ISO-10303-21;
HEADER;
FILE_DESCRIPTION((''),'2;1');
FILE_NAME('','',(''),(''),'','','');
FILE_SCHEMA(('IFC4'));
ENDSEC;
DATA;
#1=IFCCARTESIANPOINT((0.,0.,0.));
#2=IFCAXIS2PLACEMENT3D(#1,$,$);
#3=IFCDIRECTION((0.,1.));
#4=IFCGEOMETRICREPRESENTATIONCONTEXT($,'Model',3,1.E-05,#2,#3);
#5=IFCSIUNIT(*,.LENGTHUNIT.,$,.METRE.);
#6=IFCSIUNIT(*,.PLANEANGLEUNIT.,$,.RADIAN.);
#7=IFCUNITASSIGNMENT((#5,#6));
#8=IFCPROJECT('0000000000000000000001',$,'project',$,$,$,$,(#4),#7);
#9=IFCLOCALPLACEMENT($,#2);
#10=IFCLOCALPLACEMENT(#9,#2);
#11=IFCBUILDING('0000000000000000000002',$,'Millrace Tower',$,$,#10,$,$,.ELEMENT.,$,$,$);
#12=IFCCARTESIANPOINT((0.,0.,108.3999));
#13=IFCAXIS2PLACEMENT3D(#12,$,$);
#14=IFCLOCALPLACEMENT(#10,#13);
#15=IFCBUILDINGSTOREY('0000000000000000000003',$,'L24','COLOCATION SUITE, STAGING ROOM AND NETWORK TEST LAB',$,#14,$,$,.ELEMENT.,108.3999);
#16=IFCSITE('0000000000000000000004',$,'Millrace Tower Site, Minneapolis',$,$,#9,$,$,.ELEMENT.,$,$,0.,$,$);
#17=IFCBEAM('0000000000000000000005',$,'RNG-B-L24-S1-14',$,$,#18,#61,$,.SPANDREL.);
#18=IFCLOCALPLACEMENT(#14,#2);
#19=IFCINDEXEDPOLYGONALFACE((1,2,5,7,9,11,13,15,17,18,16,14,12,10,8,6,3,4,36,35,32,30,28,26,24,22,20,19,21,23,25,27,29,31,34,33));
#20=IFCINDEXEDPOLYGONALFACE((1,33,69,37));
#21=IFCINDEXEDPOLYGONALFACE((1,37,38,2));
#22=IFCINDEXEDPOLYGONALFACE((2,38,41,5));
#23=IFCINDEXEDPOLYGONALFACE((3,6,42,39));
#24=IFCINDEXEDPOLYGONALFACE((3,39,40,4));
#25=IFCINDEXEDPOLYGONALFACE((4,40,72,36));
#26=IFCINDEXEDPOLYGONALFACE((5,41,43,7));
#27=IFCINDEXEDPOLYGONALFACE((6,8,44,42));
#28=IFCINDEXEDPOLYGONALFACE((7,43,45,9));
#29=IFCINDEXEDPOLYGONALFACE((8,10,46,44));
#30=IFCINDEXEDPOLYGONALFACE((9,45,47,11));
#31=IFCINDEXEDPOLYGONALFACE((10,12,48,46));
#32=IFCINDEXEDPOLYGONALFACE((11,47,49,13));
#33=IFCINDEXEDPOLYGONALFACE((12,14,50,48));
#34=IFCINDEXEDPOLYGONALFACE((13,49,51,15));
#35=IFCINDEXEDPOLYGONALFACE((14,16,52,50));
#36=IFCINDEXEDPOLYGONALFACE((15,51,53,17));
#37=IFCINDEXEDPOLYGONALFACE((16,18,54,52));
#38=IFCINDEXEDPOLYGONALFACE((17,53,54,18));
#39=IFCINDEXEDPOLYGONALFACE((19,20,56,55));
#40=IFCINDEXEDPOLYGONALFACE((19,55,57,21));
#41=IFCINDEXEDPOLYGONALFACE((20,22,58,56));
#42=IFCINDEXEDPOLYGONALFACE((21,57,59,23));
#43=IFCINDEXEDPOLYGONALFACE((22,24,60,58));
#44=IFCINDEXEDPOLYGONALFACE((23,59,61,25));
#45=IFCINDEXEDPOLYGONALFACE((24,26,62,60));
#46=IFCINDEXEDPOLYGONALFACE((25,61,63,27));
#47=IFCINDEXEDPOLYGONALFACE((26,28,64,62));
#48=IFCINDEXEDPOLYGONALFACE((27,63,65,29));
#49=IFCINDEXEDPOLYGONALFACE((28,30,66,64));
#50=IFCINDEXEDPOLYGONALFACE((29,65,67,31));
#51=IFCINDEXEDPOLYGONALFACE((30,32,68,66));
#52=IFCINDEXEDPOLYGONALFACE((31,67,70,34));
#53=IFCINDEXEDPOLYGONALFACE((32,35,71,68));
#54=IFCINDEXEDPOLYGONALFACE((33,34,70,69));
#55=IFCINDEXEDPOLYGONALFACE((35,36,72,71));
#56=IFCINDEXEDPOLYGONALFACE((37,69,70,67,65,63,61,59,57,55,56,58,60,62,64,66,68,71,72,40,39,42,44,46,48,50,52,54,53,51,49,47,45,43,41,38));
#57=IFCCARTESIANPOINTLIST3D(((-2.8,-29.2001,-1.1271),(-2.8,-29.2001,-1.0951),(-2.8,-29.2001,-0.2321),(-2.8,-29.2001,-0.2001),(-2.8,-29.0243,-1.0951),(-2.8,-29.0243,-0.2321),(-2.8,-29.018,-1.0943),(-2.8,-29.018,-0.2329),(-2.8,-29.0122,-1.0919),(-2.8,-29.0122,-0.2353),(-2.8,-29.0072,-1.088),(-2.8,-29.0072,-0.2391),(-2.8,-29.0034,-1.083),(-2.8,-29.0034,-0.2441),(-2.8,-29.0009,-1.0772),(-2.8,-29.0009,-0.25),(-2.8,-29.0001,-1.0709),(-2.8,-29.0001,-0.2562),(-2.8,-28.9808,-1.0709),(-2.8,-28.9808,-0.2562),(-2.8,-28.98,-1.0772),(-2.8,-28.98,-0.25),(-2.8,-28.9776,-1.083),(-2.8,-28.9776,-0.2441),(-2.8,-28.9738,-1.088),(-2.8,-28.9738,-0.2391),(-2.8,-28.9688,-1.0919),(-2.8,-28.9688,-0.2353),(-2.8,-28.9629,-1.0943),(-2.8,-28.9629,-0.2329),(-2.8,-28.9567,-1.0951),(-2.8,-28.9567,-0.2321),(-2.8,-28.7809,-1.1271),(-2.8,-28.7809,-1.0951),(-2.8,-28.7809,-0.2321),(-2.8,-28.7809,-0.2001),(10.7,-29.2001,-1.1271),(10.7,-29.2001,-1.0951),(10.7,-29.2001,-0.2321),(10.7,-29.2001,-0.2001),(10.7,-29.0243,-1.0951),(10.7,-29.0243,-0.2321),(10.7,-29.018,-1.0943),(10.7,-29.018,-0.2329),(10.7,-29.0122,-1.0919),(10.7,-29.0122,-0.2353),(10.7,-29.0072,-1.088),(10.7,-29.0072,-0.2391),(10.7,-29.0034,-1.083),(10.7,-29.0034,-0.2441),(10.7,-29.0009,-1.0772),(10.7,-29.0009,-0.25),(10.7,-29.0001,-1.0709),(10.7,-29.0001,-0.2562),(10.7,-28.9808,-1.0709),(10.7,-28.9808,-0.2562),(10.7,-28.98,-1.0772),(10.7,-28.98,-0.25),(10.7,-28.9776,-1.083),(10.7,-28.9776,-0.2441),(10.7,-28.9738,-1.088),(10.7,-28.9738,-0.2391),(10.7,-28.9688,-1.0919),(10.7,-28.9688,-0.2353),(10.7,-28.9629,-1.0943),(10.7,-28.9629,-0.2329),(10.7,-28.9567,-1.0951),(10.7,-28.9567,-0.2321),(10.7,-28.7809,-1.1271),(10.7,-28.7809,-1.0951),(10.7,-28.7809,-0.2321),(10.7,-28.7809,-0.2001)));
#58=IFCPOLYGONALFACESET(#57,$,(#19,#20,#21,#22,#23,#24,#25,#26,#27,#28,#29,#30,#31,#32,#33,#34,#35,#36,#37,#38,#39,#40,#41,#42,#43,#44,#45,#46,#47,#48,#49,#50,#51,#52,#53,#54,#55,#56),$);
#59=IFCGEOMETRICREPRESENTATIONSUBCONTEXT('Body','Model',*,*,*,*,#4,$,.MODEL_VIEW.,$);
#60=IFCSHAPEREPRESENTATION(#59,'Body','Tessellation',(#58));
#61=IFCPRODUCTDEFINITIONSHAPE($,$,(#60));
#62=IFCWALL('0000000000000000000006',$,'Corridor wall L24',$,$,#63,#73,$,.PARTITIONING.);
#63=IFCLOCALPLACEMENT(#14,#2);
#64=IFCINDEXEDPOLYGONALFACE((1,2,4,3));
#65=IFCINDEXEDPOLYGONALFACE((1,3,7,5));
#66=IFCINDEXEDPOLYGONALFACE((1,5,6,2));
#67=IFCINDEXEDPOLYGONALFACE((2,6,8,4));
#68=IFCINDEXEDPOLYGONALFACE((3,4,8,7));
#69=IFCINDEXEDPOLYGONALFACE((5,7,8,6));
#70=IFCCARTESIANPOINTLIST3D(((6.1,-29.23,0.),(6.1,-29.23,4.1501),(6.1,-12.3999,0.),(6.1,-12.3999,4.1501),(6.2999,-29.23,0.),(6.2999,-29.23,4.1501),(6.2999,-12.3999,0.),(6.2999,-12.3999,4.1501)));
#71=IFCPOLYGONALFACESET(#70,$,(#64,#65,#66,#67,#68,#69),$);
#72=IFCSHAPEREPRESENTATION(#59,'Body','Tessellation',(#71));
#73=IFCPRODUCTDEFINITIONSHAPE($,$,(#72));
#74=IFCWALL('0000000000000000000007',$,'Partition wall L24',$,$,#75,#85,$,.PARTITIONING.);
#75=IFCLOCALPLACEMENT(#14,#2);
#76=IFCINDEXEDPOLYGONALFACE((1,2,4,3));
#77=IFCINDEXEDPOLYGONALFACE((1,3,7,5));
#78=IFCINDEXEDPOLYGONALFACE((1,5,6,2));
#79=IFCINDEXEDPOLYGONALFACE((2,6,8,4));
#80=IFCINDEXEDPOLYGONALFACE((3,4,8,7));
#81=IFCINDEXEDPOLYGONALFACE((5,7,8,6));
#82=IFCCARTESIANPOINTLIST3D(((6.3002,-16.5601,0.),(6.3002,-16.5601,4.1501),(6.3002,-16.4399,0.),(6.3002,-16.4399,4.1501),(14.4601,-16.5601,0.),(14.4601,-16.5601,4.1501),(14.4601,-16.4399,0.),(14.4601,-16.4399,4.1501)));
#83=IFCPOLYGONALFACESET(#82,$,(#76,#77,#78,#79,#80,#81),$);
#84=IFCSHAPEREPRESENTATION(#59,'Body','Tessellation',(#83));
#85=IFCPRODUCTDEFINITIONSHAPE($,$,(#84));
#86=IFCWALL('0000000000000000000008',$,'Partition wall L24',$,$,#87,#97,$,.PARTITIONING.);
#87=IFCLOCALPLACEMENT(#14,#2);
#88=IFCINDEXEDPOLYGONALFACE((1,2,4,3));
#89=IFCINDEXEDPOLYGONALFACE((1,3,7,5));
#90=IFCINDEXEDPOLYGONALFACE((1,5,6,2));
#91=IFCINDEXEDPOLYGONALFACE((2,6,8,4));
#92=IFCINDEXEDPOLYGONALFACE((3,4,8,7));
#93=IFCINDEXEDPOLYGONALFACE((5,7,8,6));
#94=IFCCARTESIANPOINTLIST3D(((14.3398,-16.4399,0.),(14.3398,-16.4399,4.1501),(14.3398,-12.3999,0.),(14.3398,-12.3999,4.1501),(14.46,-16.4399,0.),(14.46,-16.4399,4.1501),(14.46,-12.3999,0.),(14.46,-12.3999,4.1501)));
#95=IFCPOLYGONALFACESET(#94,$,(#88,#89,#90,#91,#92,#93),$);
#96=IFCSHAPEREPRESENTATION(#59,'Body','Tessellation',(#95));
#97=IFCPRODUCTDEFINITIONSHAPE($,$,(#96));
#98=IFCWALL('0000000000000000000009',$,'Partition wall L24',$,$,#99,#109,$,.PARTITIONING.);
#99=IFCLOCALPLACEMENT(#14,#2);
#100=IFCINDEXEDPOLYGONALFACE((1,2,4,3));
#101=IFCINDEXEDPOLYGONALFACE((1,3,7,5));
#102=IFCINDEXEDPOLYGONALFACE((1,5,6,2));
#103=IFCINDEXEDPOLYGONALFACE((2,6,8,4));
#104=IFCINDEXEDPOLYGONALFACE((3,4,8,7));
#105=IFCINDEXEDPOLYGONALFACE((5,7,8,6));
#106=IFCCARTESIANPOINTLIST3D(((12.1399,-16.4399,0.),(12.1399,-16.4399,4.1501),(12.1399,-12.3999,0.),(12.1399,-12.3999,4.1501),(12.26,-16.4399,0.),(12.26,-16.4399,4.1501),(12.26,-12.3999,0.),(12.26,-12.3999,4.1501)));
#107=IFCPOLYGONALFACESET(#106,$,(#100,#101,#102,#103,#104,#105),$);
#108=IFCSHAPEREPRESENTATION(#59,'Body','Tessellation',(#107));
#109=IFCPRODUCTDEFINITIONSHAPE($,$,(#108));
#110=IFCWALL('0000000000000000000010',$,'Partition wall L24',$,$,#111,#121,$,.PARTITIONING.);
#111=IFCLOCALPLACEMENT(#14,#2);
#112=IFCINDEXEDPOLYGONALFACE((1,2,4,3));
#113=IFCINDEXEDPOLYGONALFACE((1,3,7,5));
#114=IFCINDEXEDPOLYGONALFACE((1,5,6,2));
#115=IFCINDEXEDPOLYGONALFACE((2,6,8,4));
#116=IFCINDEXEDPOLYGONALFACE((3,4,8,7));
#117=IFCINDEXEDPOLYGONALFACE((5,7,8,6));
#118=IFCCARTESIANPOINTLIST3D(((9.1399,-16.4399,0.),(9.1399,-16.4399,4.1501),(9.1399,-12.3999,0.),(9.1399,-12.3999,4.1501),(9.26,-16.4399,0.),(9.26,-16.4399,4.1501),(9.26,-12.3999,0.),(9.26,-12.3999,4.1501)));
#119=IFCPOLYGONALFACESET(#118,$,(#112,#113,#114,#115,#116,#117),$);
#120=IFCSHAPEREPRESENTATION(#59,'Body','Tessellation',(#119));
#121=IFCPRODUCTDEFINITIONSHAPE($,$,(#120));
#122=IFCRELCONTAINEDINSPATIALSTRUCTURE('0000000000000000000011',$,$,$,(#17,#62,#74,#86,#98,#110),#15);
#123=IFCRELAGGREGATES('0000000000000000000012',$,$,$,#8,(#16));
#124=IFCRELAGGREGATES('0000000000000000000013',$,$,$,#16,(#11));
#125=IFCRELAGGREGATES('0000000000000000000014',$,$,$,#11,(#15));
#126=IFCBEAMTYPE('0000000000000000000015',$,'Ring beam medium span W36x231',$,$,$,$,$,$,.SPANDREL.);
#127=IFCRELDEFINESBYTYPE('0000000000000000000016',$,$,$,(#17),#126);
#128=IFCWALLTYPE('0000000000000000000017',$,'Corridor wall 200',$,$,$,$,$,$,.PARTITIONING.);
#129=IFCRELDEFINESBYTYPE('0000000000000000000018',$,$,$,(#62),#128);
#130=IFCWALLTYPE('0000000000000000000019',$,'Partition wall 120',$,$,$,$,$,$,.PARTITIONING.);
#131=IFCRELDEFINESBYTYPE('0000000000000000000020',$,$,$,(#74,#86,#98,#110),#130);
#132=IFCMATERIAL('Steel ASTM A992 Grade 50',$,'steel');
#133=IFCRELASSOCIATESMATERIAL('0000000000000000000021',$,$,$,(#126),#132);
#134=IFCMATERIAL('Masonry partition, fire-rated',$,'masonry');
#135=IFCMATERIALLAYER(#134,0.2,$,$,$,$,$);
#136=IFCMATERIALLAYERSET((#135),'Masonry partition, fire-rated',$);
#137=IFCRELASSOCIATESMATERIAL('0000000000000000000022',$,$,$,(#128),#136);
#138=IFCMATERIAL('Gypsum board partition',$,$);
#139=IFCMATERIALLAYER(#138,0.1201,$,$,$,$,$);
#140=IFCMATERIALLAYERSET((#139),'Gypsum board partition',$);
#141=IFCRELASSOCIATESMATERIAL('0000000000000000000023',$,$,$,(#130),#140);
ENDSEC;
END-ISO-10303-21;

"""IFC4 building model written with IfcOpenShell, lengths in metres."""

from ifc_helpers import new_model, si_unit, direction, frame, frame_2d, origin, origin_2d, place, context, subcontext, project, spatial, rectangle, i_section, extrude, material, layer, layer_set, material_profile, profile_set, type_object, element, save


model = new_model("IFC4")

# Units and contexts
model_context = context("Model", 3, precision=1e-05, world=origin(), true_north=direction((0.0, 1.0)))
body_context = subcontext(model_context, "Body", "Model", "MODEL_VIEW")
ifc_project = project(units=[si_unit("LENGTHUNIT", "METRE"), si_unit("PLANEANGLEUNIT", "RADIAN")], contexts=[model_context])

# Site, building, storey
site_placement = place(None, origin())
site = spatial("IfcSite", under=ifc_project, at=site_placement, Name="Millrace Tower Site, Minneapolis", CompositionType="ELEMENT", RefElevation=0.0)
building_placement = place(site_placement, origin())
building = spatial("IfcBuilding", under=site, at=building_placement, Name="Millrace Tower", CompositionType="ELEMENT")
storey_placement = place(building_placement, frame((0.0, 0.0, 108.3999)))
storey = spatial("IfcBuildingStorey", under=building, at=storey_placement, Name="L24", Description="COLOCATION SUITE, STAGING ROOM AND NETWORK TEST LAB", CompositionType="ELEMENT", Elevation=108.3999)

# Beam
ifc_material_1 = material(Name="Steel ASTM A992 Grade 50", Category="steel")
ifc_material_profile_1 = material_profile(ifc_material_1, i_section(OverallWidth=0.4192, OverallDepth=0.927, WebThickness=0.0193, FlangeThickness=0.032, FilletRadius=0.0242, at=origin_2d()))
ifc_profile_set_1 = profile_set([ifc_material_profile_1], Name="Steel ASTM A992 Grade 50")
beam_type_1 = type_object("IfcBeamType", Name="Ring beam medium span W36x231", PredefinedType="SPANDREL", material=ifc_profile_set_1)
beam_1_placement = place(storey_placement, frame((10.7, -28.9905, -0.6636), z_axis=(-1.0, 0.0, 0.0), x_axis=(0.0, -1.0, 0.0)))
element("IfcBeam", 1, at=beam_1_placement, inside=storey, type_object=beam_type_1, Name="RNG-B-L24-S1-14", PredefinedType="SPANDREL", context=body_context, shape_type="SweptSolid", body=[
    extrude(i_section(OverallWidth=0.4192, OverallDepth=0.927, WebThickness=0.0193, FlangeThickness=0.032, FilletRadius=0.0242, at=origin_2d()), origin(), (0.0, 0.0, 1.0), 13.5),
])

# Walls
ifc_material_2 = material(Name="Masonry partition, fire-rated", Category="masonry")
ifc_layer_1 = layer(ifc_material_2, 0.2)
ifc_layer_set_1 = layer_set([ifc_layer_1], Name="Masonry partition, fire-rated")
wall_type_1 = type_object("IfcWallType", Name="Corridor wall 200", PredefinedType="PARTITIONING", material=ifc_layer_set_1)
wall_1_placement = place(storey_placement, frame((6.2, -29.23, 0.0), z_axis=(0.0, 0.0, 1.0), x_axis=(0.0, 1.0, 0.0)))
element("IfcWall", 2, at=wall_1_placement, inside=storey, type_object=wall_type_1, Name="Corridor wall L24", PredefinedType="PARTITIONING", context=body_context, shape_type="SweptSolid", body=[
    extrude(rectangle(XDim=16.8301, YDim=0.2, at=frame_2d((8.415, 0.0))), origin(), (0.0, 0.0, 1.0), 4.1501),
])
ifc_material_3 = material(Name="Gypsum board partition")
ifc_layer_2 = layer(ifc_material_3, 0.1201)
ifc_layer_set_2 = layer_set([ifc_layer_2], Name="Gypsum board partition")
wall_type_2 = type_object("IfcWallType", Name="Partition wall 120", PredefinedType="PARTITIONING", material=ifc_layer_set_2)
wall_2_placement = place(storey_placement, frame((6.3, -16.5, 0.0), z_axis=(0.0, 0.0, 1.0), x_axis=(1.0, 0.0, 0.0)))
element("IfcWall", 3, at=wall_2_placement, inside=storey, type_object=wall_type_2, Name="Partition wall L24", PredefinedType="PARTITIONING", context=body_context, shape_type="SweptSolid", body=[
    extrude(rectangle(XDim=8.1599, YDim=0.1201, at=frame_2d((4.0801, 0.0))), origin(), (0.0, 0.0, 1.0), 4.1501),
])
for number, where, z_axis, x_axis, name in (
    (4, (14.3999, -16.4399, 0.0), (0.0, 0.0, 1.0), (0.0, 1.0, 0.0), "Partition wall L24"),
    (5, (12.2, -16.4399, 0.0), (0.0, 0.0, 1.0), (0.0, 1.0, 0.0), "Partition wall L24"),
    (6, (9.2, -16.4399, 0.0), (0.0, 0.0, 1.0), (0.0, 1.0, 0.0), "Partition wall L24"),
):
    element("IfcWall", number, at=place(storey_placement, frame(where, z_axis=z_axis, x_axis=x_axis)), inside=storey, type_object=wall_type_2, Name=name, PredefinedType="PARTITIONING", context=body_context, shape_type="SweptSolid", body=[
        extrude(rectangle(XDim=4.04, YDim=0.1201, at=frame_2d((2.02, 0.0))), origin(), (0.0, 0.0, 1.0), 4.1501),
    ])

save(model, "model.ifc")
